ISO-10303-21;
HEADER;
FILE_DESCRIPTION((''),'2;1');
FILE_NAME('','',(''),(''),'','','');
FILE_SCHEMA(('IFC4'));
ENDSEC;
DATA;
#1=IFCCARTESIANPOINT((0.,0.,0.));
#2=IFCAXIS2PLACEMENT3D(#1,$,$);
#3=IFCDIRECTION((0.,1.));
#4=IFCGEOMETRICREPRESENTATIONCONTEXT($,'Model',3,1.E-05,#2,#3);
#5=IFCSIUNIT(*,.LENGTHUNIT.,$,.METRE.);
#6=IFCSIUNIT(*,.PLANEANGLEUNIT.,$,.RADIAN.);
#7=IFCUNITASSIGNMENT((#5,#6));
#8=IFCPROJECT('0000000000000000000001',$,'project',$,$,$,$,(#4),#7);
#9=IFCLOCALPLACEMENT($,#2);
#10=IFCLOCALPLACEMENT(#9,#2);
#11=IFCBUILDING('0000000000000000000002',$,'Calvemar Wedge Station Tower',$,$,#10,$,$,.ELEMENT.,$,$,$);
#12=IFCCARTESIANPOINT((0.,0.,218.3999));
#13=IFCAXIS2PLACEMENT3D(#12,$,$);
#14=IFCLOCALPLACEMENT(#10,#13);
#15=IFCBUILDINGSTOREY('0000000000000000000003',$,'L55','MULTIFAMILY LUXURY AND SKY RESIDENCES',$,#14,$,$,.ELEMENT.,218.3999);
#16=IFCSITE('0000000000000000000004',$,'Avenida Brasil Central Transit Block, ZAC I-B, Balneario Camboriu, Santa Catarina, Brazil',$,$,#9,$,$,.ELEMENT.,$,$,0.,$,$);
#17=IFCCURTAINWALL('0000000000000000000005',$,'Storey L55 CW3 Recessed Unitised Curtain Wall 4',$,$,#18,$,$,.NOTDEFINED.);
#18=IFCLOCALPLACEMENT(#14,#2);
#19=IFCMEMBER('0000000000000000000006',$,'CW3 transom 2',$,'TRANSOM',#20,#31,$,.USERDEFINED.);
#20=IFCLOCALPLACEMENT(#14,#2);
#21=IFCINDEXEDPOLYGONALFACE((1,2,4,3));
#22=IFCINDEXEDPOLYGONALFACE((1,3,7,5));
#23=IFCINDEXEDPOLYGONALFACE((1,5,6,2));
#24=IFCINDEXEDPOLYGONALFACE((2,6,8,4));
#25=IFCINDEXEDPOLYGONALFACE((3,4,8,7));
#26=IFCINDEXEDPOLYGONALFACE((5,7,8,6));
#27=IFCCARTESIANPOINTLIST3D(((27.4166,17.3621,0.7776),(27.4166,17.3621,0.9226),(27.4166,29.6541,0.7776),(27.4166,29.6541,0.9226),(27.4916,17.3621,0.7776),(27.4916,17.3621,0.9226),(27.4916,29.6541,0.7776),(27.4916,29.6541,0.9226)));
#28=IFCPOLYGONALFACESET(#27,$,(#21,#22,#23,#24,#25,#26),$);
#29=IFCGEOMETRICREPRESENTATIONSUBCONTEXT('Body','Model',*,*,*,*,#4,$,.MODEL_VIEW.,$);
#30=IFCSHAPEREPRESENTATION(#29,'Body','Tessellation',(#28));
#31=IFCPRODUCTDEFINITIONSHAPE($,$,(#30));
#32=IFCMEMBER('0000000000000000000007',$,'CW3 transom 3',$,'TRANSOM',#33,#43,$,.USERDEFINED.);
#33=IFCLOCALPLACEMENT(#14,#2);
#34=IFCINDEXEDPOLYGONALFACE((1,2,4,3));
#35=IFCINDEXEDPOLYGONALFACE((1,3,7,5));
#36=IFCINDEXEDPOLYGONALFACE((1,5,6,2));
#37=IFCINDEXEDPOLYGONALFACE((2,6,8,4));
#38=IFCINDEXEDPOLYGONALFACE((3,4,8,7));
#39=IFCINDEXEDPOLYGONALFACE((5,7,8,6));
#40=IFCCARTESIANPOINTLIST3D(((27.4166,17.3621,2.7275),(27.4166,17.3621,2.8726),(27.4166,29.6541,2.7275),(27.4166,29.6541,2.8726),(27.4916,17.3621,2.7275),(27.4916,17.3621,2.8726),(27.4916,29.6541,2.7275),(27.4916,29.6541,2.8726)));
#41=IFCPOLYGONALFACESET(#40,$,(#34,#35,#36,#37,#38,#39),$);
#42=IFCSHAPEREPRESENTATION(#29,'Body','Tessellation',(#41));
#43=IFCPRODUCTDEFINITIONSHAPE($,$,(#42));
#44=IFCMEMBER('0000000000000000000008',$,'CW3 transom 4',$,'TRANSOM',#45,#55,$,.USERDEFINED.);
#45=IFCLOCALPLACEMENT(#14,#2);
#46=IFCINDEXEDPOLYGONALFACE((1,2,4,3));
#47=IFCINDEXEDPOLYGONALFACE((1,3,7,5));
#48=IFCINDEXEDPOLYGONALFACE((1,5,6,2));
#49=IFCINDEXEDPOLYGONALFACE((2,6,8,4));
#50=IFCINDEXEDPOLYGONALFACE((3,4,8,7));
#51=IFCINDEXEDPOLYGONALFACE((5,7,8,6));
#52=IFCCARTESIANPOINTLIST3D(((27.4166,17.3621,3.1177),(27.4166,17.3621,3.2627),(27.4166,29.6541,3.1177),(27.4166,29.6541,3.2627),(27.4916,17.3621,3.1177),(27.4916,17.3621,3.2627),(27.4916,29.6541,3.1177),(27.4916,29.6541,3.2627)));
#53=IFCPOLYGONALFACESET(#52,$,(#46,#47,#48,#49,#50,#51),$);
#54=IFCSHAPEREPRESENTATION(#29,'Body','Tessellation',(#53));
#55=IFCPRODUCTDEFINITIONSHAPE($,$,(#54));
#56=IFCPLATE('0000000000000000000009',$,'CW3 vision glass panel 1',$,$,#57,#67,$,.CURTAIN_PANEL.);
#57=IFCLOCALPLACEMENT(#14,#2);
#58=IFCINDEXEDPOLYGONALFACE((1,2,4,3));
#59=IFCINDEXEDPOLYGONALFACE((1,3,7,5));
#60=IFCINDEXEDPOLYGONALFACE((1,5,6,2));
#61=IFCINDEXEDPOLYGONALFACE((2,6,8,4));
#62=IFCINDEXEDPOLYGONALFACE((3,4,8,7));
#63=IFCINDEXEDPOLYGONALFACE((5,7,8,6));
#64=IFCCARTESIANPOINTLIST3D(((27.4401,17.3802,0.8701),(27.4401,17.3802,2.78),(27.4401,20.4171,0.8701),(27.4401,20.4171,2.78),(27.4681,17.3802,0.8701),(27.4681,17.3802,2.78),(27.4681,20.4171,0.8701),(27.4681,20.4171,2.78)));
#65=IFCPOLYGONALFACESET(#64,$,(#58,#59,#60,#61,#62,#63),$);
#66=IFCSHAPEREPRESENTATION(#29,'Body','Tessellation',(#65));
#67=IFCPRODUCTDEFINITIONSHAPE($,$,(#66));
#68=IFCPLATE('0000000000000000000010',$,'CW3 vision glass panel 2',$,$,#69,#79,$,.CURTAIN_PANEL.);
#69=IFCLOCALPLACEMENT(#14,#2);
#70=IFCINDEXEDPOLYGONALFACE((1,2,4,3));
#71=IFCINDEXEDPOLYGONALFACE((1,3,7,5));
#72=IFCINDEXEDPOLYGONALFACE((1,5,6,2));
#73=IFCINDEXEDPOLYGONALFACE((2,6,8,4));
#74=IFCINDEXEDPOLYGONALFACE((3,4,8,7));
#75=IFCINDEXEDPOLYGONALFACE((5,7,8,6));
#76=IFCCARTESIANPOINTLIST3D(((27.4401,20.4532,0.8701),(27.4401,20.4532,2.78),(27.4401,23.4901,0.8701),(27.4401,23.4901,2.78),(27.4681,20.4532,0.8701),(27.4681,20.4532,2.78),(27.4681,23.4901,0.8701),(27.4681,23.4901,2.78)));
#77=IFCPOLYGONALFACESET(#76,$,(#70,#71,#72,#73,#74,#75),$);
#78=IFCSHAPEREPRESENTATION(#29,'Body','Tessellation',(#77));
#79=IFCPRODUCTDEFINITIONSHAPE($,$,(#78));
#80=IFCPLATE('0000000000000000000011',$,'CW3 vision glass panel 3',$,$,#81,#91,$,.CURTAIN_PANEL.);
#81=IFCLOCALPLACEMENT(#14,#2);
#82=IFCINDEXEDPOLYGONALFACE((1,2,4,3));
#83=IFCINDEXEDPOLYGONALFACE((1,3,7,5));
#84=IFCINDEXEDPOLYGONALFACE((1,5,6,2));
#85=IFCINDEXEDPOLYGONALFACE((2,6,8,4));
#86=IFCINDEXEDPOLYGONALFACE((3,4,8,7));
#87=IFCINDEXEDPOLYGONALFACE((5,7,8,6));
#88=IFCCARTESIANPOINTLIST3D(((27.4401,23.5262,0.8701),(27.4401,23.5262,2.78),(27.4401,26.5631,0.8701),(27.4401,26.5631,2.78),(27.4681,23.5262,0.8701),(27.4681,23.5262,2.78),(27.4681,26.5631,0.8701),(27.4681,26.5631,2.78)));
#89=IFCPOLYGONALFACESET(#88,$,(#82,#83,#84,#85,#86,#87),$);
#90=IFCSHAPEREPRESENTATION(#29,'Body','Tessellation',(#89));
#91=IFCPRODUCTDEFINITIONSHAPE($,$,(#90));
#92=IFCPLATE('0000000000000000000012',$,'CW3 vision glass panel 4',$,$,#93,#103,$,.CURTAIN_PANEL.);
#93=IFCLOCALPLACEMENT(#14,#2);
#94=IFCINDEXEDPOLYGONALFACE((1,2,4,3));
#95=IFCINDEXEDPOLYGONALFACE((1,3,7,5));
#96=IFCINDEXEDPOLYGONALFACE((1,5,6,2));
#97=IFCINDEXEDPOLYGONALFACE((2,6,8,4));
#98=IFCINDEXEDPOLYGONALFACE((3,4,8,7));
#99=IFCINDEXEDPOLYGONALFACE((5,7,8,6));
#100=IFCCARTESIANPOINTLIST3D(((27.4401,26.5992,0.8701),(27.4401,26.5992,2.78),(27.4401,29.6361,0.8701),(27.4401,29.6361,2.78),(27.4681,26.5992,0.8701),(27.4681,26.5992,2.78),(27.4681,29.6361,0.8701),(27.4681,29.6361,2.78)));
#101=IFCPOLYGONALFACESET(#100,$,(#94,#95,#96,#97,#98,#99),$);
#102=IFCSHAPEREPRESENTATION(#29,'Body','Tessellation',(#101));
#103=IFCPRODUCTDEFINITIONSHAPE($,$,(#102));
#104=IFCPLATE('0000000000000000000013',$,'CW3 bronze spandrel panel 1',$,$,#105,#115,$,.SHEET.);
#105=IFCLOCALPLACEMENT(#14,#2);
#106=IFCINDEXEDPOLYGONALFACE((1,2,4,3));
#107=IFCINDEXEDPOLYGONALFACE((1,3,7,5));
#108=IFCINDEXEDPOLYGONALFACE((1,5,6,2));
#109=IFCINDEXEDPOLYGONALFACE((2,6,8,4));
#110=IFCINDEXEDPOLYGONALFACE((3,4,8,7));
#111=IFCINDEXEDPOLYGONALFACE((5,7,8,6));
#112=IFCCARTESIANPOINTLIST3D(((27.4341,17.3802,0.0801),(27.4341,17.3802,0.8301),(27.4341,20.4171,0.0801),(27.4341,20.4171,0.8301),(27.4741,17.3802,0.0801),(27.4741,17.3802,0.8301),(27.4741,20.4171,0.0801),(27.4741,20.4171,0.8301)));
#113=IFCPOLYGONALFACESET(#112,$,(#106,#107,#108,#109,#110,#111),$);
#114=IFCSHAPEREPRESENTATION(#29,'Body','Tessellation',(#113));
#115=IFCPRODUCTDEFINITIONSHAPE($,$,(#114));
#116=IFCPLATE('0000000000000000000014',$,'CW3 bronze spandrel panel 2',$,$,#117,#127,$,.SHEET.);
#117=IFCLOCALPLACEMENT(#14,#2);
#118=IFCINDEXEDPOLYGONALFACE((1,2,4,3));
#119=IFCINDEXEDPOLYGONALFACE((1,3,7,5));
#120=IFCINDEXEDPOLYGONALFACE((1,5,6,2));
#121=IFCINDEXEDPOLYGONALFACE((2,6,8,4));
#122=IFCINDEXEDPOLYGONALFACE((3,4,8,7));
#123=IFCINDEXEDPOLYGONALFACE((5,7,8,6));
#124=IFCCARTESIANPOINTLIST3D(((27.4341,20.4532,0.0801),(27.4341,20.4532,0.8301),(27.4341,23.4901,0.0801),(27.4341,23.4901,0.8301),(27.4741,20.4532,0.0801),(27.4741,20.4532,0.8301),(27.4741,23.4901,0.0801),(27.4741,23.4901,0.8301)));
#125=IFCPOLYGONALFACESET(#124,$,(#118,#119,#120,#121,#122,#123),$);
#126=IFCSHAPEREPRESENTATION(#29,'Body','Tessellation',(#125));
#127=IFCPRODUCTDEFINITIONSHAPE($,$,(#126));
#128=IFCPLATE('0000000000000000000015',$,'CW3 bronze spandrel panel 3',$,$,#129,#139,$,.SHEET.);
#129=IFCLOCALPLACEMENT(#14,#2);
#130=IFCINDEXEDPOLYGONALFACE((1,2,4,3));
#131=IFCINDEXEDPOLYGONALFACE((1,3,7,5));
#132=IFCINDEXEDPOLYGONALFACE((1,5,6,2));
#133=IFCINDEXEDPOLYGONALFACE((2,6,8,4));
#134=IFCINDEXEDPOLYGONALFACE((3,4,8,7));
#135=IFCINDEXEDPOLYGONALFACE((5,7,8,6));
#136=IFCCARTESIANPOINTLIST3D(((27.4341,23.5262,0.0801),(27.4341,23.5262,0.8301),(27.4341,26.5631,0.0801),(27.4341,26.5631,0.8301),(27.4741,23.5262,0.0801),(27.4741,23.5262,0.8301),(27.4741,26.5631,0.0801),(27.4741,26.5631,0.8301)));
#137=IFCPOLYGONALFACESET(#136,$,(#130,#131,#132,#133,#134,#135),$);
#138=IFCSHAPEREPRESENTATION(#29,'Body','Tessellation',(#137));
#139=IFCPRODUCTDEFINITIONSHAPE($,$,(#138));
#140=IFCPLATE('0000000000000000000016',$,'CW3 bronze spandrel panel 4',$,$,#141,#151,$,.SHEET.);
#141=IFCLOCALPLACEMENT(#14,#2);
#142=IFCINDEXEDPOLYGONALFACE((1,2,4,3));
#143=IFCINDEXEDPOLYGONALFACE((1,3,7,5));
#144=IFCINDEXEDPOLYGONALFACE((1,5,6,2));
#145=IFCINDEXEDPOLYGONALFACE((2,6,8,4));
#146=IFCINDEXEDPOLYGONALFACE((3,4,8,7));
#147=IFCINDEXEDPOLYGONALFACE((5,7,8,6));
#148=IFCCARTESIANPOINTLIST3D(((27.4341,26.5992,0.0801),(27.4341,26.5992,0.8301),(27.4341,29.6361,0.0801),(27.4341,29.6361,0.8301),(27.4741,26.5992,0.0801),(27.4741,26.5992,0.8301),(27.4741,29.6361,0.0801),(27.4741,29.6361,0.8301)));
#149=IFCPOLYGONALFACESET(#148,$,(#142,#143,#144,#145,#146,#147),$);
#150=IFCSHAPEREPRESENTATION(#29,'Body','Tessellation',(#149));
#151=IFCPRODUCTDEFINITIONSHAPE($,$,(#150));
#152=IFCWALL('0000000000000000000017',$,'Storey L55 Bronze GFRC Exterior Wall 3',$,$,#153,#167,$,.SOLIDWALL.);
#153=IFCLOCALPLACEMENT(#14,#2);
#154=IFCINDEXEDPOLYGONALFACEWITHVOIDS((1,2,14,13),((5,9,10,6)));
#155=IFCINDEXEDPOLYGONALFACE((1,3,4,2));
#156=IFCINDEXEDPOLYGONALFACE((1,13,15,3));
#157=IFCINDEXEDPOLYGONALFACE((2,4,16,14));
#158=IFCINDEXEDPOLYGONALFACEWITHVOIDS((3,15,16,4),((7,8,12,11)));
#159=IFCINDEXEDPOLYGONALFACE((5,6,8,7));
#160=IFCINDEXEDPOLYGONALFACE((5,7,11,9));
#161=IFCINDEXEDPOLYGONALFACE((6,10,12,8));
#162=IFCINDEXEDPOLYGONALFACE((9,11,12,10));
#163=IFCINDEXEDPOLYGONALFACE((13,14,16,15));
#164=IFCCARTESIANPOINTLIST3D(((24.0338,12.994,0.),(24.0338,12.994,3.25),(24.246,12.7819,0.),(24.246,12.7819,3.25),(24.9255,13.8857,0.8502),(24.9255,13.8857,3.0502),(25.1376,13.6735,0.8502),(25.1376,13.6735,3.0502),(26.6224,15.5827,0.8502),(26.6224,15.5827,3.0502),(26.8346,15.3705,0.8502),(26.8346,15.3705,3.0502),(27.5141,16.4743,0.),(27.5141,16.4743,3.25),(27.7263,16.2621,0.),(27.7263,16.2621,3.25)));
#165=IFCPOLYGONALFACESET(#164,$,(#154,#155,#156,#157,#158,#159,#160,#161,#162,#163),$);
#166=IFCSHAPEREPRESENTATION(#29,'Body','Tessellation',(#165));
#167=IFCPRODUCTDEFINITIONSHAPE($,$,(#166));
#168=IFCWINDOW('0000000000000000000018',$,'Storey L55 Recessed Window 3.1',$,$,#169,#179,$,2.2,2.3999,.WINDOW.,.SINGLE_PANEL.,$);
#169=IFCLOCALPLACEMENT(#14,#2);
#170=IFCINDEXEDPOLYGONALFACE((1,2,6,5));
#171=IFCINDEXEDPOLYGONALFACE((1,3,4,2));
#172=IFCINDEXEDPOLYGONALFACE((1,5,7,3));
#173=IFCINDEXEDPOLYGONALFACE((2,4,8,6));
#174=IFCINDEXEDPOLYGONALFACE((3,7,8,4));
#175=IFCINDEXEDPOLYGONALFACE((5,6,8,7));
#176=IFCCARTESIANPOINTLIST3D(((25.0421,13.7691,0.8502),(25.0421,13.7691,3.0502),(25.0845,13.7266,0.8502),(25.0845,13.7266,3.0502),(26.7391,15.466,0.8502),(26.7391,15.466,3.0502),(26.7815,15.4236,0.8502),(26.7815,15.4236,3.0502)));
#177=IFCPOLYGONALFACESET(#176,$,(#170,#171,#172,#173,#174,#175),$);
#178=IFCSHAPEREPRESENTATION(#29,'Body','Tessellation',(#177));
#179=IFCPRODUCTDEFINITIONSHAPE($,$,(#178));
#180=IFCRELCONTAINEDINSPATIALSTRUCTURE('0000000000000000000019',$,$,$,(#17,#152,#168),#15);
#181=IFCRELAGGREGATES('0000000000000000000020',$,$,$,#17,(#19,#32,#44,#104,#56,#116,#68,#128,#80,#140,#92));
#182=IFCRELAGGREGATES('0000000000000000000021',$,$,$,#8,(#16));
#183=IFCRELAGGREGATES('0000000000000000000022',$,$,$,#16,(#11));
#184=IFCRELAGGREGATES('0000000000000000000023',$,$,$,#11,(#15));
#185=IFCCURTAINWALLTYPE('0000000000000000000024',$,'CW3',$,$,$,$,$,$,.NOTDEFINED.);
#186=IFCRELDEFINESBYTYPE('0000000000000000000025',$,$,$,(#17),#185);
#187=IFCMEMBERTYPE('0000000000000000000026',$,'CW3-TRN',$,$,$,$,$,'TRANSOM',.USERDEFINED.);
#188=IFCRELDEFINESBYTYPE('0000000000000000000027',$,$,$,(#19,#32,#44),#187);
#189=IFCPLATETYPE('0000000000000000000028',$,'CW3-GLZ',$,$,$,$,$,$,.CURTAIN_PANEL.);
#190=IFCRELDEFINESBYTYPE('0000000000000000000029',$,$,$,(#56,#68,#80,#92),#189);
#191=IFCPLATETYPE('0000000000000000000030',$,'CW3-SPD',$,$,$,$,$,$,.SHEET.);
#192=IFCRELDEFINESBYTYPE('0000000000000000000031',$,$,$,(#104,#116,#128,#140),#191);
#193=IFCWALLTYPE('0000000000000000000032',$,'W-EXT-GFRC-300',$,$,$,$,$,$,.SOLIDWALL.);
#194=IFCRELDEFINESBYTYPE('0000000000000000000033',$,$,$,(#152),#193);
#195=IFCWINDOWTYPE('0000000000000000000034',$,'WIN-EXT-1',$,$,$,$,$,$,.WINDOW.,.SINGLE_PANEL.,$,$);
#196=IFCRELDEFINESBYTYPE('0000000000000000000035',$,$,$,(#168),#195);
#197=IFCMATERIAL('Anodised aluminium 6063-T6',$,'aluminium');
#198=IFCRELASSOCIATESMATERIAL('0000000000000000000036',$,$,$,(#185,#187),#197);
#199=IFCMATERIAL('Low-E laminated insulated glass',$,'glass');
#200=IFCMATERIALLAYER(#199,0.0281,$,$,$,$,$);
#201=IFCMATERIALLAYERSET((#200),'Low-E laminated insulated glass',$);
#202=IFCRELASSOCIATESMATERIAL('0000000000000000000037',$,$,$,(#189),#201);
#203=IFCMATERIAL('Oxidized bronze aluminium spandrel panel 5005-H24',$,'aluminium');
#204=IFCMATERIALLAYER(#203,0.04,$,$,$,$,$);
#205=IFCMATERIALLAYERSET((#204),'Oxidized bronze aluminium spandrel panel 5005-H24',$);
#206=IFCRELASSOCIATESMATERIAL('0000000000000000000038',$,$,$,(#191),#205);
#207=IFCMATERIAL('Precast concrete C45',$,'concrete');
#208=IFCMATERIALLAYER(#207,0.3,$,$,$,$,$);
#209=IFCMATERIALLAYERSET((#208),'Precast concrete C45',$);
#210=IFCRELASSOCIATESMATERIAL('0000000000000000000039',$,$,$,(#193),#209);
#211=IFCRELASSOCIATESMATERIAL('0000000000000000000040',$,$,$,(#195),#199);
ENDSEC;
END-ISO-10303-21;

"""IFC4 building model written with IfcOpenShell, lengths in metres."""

from ifc_helpers import new_model, si_unit, direction, frame, frame_2d, origin, origin_2d, place, context, subcontext, project, spatial, rectangle, extrude, source, transform, mapped, material, layer, layer_set, material_profile, profile_set, type_object, element, fill, aggregate, save


model = new_model("IFC4")

# Units and contexts
model_context = context("Model", 3, precision=1e-05, world=origin(), true_north=direction((0.0, 1.0)))
body_context = subcontext(model_context, "Body", "Model", "MODEL_VIEW")
ifc_project = project(units=[si_unit("LENGTHUNIT", "METRE"), si_unit("PLANEANGLEUNIT", "RADIAN")], contexts=[model_context])

# Site, building, storey
site_placement = place(None, origin())
site = spatial("IfcSite", under=ifc_project, at=site_placement, Name="Avenida Brasil Central Transit Block, ZAC I-B, Balneario Camboriu, Santa Catarina, Brazil", CompositionType="ELEMENT", RefElevation=0.0)
building_placement = place(site_placement, origin())
building = spatial("IfcBuilding", under=site, at=building_placement, Name="Calvemar Wedge Station Tower", CompositionType="ELEMENT")
storey_placement = place(building_placement, frame((0.0, 0.0, 218.3999)))
storey = spatial("IfcBuildingStorey", under=building, at=storey_placement, Name="L55", Description="MULTIFAMILY LUXURY AND SKY RESIDENCES", CompositionType="ELEMENT", Elevation=218.3999)

# Curtain wall, members, plates
ifc_material_1 = material(Name="Anodised aluminium 6063-T6", Category="aluminium")
curtain_wall_type = type_object("IfcCurtainWallType", Name="CW3", PredefinedType="NOTDEFINED", material=ifc_material_1)
curtain_wall_placement = place(storey_placement, origin())
curtain_wall = element("IfcCurtainWall", 1, at=curtain_wall_placement, inside=storey, type_object=curtain_wall_type, Name="Storey L55 CW3 Recessed Unitised Curtain Wall 4", PredefinedType="NOTDEFINED")
ifc_material_profile_1 = material_profile(ifc_material_1, rectangle(XDim=0.075, YDim=0.145, at=origin_2d()), Name="AL-TRN-75x145")
ifc_profile_set_1 = profile_set([ifc_material_profile_1], Name="Anodised aluminium 6063-T6")
member_type_1 = type_object("IfcMemberType", Name="CW3-TRN", ElementType="TRANSOM", PredefinedType="USERDEFINED", material=ifc_profile_set_1)
shared_shape_1 = source(origin(), body_context, "Body", "SweptSolid", [
    extrude(rectangle(XDim=0.075, YDim=0.145, at=origin_2d()), origin(), (0.0, 0.0, 1.0), 12.292),
])
member_1_placement = place(storey_placement, frame((27.4541, 17.3621, 0.8501), z_axis=(0.0, 1.0, 0.0), x_axis=(-1.0, 0.0, 0.0)))
member_1 = element("IfcMember", 2, at=member_1_placement, type_object=member_type_1, Name="CW3 transom 2", ObjectType="TRANSOM", PredefinedType="USERDEFINED", context=body_context, shape_type="MappedRepresentation", body=[
    mapped(shared_shape_1, transform((0.0, 0.0, 0.0), scale=1.0)),
])
member_2_placement = place(storey_placement, frame((27.4541, 17.3621, 2.8), z_axis=(0.0, 1.0, 0.0), x_axis=(-1.0, 0.0, 0.0)))
member_2 = element("IfcMember", 3, at=member_2_placement, type_object=member_type_1, Name="CW3 transom 3", ObjectType="TRANSOM", PredefinedType="USERDEFINED", context=body_context, shape_type="MappedRepresentation", body=[
    mapped(shared_shape_1, transform((0.0, 0.0, 0.0), scale=1.0)),
])
member_3_placement = place(storey_placement, frame((27.4541, 17.3621, 3.1902), z_axis=(0.0, 1.0, 0.0), x_axis=(-1.0, 0.0, 0.0)))
member_3 = element("IfcMember", 4, at=member_3_placement, type_object=member_type_1, Name="CW3 transom 4", ObjectType="TRANSOM", PredefinedType="USERDEFINED", context=body_context, shape_type="MappedRepresentation", body=[
    mapped(shared_shape_1, transform((0.0, 0.0, 0.0), scale=1.0)),
])
ifc_material_2 = material(Name="Low-E laminated insulated glass", Category="glass")
ifc_layer_1 = layer(ifc_material_2, 0.0281)
ifc_layer_set_1 = layer_set([ifc_layer_1], Name="Low-E laminated insulated glass")
plate_type_1 = type_object("IfcPlateType", Name="CW3-GLZ", PredefinedType="CURTAIN_PANEL", material=ifc_layer_set_1)
plate_1_placement = place(storey_placement, frame((27.4541, 17.3801, 0.8701), z_axis=(0.0, 0.0, 1.0), x_axis=(0.0, 1.0, 0.0)))
plate_1 = element("IfcPlate", 5, at=plate_1_placement, type_object=plate_type_1, Name="CW3 vision glass panel 1", PredefinedType="CURTAIN_PANEL", context=body_context, shape_type="SweptSolid", body=[
    extrude(rectangle(XDim=3.0369, YDim=0.0281, at=frame_2d((1.5186, 0.0))), origin(), (0.0, 0.0, 1.0), 1.9099),
])
plate_2_placement = place(storey_placement, frame((27.4541, 20.4531, 0.8701), z_axis=(0.0, 0.0, 1.0), x_axis=(0.0, 1.0, 0.0)))
plate_2 = element("IfcPlate", 6, at=plate_2_placement, type_object=plate_type_1, Name="CW3 vision glass panel 2", PredefinedType="CURTAIN_PANEL", context=body_context, shape_type="SweptSolid", body=[
    extrude(rectangle(XDim=3.0369, YDim=0.0281, at=frame_2d((1.5186, 0.0))), origin(), (0.0, 0.0, 1.0), 1.9099),
])
plate_3_placement = place(storey_placement, frame((27.4541, 23.5261, 0.8701), z_axis=(0.0, 0.0, 1.0), x_axis=(0.0, 1.0, 0.0)))
plate_3 = element("IfcPlate", 7, at=plate_3_placement, type_object=plate_type_1, Name="CW3 vision glass panel 3", PredefinedType="CURTAIN_PANEL", context=body_context, shape_type="SweptSolid", body=[
    extrude(rectangle(XDim=3.0369, YDim=0.0281, at=frame_2d((1.5186, 0.0))), origin(), (0.0, 0.0, 1.0), 1.9099),
])
plate_4_placement = place(storey_placement, frame((27.4541, 26.5991, 0.8701), z_axis=(0.0, 0.0, 1.0), x_axis=(0.0, 1.0, 0.0)))
plate_4 = element("IfcPlate", 8, at=plate_4_placement, type_object=plate_type_1, Name="CW3 vision glass panel 4", PredefinedType="CURTAIN_PANEL", context=body_context, shape_type="SweptSolid", body=[
    extrude(rectangle(XDim=3.0369, YDim=0.0281, at=frame_2d((1.5186, 0.0))), origin(), (0.0, 0.0, 1.0), 1.9099),
])
ifc_material_3 = material(Name="Oxidized bronze aluminium spandrel panel 5005-H24", Category="aluminium")
ifc_layer_2 = layer(ifc_material_3, 0.04)
ifc_layer_set_2 = layer_set([ifc_layer_2], Name="Oxidized bronze aluminium spandrel panel 5005-H24")
plate_type_2 = type_object("IfcPlateType", Name="CW3-SPD", PredefinedType="SHEET", material=ifc_layer_set_2)
plate_5_placement = place(storey_placement, frame((27.4541, 17.3801, 0.0801), z_axis=(0.0, 0.0, 1.0), x_axis=(0.0, 1.0, 0.0)))
plate_5 = element("IfcPlate", 9, at=plate_5_placement, type_object=plate_type_2, Name="CW3 bronze spandrel panel 1", PredefinedType="SHEET", context=body_context, shape_type="SweptSolid", body=[
    extrude(rectangle(XDim=3.0369, YDim=0.04, at=frame_2d((1.5186, 0.0))), origin(), (0.0, 0.0, 1.0), 0.75),
])
plate_6_placement = place(storey_placement, frame((27.4541, 20.4531, 0.0801), z_axis=(0.0, 0.0, 1.0), x_axis=(0.0, 1.0, 0.0)))
plate_6 = element("IfcPlate", 10, at=plate_6_placement, type_object=plate_type_2, Name="CW3 bronze spandrel panel 2", PredefinedType="SHEET", context=body_context, shape_type="SweptSolid", body=[
    extrude(rectangle(XDim=3.0369, YDim=0.04, at=frame_2d((1.5186, 0.0))), origin(), (0.0, 0.0, 1.0), 0.75),
])
plate_7_placement = place(storey_placement, frame((27.4541, 23.5261, 0.0801), z_axis=(0.0, 0.0, 1.0), x_axis=(0.0, 1.0, 0.0)))
plate_7 = element("IfcPlate", 11, at=plate_7_placement, type_object=plate_type_2, Name="CW3 bronze spandrel panel 3", PredefinedType="SHEET", context=body_context, shape_type="SweptSolid", body=[
    extrude(rectangle(XDim=3.0369, YDim=0.04, at=frame_2d((1.5186, 0.0))), origin(), (0.0, 0.0, 1.0), 0.75),
])
plate_8_placement = place(storey_placement, frame((27.4541, 26.5991, 0.0801), z_axis=(0.0, 0.0, 1.0), x_axis=(0.0, 1.0, 0.0)))
plate_8 = element("IfcPlate", 12, at=plate_8_placement, type_object=plate_type_2, Name="CW3 bronze spandrel panel 4", PredefinedType="SHEET", context=body_context, shape_type="SweptSolid", body=[
    extrude(rectangle(XDim=3.0369, YDim=0.04, at=frame_2d((1.5186, 0.0))), origin(), (0.0, 0.0, 1.0), 0.75),
])
aggregate(curtain_wall, [member_1, member_2, member_3, plate_5, plate_1, plate_6, plate_2, plate_7, plate_3, plate_8, plate_4])

# Wall, opening, window
ifc_material_4 = material(Name="Precast concrete C45", Category="concrete")
ifc_layer_3 = layer(ifc_material_4, 0.3)
ifc_layer_set_3 = layer_set([ifc_layer_3], Name="Precast concrete C45")
wall_type_1 = type_object("IfcWallType", Name="W-EXT-GFRC-300", PredefinedType="SOLIDWALL", material=ifc_layer_set_3)
wall_1_placement = place(storey_placement, frame((24.1399, 12.8879, 0.0), z_axis=(0.0, 0.0, 1.0), x_axis=(0.707107, 0.707107, 0.0)))
wall_1 = element("IfcWall", 13, at=wall_1_placement, inside=storey, type_object=wall_type_1, Name="Storey L55 Bronze GFRC Exterior Wall 3", PredefinedType="SOLIDWALL", context=body_context, shape_type="SweptSolid", body=[
    extrude(rectangle(XDim=4.9219, YDim=0.3, at=frame_2d((2.4609, 0.0))), origin(), (0.0, 0.0, 1.0), 3.25),
])
shared_shape_2 = source(origin(), body_context, "Body", "SweptSolid", [
    extrude(rectangle(XDim=2.3999, YDim=2.2, at=frame_2d((1.2, 1.1001))), frame((0.0, 0.1602, 0.0), z_axis=(0.0, -1.0, 0.0), x_axis=(1.0, 0.0, 0.0)), (0.0, 0.0, 1.0), 0.3201),
])
opening_placement = place(wall_1_placement, frame((1.261, 0.0, 0.8501)))
opening = element("IfcOpeningElement", 14, at=opening_placement, cuts=wall_1, PredefinedType="OPENING", context=body_context, shape_type="MappedRepresentation", body=[
    mapped(shared_shape_2, transform((0.0, 0.0, 0.0), scale=1.0)),
])
window_type = type_object("IfcWindowType", Name="WIN-EXT-1", PartitioningType="SINGLE_PANEL", PredefinedType="WINDOW", material=ifc_material_2)
shared_shape_3 = source(origin(), body_context, "Body", "SweptSolid", [
    extrude(rectangle(XDim=2.3999, YDim=2.2, at=frame_2d((1.2, 1.1001))), frame((0.0, -0.0149, 0.0), z_axis=(0.0, -1.0, 0.0), x_axis=(1.0, 0.0, 0.0)), (0.0, 0.0, 1.0), 0.0601),
])
window_placement = place(opening_placement, origin())
window = element("IfcWindow", 15, at=window_placement, inside=storey, type_object=window_type, Name="Storey L55 Recessed Window 3.1", OverallHeight=2.2, OverallWidth=2.3999, PartitioningType="SINGLE_PANEL", PredefinedType="WINDOW", context=body_context, shape_type="MappedRepresentation", body=[
    mapped(shared_shape_3, transform((0.0, 0.0, 0.0), scale=1.0)),
])
fill(opening, window)

save(model, "model.ifc")
